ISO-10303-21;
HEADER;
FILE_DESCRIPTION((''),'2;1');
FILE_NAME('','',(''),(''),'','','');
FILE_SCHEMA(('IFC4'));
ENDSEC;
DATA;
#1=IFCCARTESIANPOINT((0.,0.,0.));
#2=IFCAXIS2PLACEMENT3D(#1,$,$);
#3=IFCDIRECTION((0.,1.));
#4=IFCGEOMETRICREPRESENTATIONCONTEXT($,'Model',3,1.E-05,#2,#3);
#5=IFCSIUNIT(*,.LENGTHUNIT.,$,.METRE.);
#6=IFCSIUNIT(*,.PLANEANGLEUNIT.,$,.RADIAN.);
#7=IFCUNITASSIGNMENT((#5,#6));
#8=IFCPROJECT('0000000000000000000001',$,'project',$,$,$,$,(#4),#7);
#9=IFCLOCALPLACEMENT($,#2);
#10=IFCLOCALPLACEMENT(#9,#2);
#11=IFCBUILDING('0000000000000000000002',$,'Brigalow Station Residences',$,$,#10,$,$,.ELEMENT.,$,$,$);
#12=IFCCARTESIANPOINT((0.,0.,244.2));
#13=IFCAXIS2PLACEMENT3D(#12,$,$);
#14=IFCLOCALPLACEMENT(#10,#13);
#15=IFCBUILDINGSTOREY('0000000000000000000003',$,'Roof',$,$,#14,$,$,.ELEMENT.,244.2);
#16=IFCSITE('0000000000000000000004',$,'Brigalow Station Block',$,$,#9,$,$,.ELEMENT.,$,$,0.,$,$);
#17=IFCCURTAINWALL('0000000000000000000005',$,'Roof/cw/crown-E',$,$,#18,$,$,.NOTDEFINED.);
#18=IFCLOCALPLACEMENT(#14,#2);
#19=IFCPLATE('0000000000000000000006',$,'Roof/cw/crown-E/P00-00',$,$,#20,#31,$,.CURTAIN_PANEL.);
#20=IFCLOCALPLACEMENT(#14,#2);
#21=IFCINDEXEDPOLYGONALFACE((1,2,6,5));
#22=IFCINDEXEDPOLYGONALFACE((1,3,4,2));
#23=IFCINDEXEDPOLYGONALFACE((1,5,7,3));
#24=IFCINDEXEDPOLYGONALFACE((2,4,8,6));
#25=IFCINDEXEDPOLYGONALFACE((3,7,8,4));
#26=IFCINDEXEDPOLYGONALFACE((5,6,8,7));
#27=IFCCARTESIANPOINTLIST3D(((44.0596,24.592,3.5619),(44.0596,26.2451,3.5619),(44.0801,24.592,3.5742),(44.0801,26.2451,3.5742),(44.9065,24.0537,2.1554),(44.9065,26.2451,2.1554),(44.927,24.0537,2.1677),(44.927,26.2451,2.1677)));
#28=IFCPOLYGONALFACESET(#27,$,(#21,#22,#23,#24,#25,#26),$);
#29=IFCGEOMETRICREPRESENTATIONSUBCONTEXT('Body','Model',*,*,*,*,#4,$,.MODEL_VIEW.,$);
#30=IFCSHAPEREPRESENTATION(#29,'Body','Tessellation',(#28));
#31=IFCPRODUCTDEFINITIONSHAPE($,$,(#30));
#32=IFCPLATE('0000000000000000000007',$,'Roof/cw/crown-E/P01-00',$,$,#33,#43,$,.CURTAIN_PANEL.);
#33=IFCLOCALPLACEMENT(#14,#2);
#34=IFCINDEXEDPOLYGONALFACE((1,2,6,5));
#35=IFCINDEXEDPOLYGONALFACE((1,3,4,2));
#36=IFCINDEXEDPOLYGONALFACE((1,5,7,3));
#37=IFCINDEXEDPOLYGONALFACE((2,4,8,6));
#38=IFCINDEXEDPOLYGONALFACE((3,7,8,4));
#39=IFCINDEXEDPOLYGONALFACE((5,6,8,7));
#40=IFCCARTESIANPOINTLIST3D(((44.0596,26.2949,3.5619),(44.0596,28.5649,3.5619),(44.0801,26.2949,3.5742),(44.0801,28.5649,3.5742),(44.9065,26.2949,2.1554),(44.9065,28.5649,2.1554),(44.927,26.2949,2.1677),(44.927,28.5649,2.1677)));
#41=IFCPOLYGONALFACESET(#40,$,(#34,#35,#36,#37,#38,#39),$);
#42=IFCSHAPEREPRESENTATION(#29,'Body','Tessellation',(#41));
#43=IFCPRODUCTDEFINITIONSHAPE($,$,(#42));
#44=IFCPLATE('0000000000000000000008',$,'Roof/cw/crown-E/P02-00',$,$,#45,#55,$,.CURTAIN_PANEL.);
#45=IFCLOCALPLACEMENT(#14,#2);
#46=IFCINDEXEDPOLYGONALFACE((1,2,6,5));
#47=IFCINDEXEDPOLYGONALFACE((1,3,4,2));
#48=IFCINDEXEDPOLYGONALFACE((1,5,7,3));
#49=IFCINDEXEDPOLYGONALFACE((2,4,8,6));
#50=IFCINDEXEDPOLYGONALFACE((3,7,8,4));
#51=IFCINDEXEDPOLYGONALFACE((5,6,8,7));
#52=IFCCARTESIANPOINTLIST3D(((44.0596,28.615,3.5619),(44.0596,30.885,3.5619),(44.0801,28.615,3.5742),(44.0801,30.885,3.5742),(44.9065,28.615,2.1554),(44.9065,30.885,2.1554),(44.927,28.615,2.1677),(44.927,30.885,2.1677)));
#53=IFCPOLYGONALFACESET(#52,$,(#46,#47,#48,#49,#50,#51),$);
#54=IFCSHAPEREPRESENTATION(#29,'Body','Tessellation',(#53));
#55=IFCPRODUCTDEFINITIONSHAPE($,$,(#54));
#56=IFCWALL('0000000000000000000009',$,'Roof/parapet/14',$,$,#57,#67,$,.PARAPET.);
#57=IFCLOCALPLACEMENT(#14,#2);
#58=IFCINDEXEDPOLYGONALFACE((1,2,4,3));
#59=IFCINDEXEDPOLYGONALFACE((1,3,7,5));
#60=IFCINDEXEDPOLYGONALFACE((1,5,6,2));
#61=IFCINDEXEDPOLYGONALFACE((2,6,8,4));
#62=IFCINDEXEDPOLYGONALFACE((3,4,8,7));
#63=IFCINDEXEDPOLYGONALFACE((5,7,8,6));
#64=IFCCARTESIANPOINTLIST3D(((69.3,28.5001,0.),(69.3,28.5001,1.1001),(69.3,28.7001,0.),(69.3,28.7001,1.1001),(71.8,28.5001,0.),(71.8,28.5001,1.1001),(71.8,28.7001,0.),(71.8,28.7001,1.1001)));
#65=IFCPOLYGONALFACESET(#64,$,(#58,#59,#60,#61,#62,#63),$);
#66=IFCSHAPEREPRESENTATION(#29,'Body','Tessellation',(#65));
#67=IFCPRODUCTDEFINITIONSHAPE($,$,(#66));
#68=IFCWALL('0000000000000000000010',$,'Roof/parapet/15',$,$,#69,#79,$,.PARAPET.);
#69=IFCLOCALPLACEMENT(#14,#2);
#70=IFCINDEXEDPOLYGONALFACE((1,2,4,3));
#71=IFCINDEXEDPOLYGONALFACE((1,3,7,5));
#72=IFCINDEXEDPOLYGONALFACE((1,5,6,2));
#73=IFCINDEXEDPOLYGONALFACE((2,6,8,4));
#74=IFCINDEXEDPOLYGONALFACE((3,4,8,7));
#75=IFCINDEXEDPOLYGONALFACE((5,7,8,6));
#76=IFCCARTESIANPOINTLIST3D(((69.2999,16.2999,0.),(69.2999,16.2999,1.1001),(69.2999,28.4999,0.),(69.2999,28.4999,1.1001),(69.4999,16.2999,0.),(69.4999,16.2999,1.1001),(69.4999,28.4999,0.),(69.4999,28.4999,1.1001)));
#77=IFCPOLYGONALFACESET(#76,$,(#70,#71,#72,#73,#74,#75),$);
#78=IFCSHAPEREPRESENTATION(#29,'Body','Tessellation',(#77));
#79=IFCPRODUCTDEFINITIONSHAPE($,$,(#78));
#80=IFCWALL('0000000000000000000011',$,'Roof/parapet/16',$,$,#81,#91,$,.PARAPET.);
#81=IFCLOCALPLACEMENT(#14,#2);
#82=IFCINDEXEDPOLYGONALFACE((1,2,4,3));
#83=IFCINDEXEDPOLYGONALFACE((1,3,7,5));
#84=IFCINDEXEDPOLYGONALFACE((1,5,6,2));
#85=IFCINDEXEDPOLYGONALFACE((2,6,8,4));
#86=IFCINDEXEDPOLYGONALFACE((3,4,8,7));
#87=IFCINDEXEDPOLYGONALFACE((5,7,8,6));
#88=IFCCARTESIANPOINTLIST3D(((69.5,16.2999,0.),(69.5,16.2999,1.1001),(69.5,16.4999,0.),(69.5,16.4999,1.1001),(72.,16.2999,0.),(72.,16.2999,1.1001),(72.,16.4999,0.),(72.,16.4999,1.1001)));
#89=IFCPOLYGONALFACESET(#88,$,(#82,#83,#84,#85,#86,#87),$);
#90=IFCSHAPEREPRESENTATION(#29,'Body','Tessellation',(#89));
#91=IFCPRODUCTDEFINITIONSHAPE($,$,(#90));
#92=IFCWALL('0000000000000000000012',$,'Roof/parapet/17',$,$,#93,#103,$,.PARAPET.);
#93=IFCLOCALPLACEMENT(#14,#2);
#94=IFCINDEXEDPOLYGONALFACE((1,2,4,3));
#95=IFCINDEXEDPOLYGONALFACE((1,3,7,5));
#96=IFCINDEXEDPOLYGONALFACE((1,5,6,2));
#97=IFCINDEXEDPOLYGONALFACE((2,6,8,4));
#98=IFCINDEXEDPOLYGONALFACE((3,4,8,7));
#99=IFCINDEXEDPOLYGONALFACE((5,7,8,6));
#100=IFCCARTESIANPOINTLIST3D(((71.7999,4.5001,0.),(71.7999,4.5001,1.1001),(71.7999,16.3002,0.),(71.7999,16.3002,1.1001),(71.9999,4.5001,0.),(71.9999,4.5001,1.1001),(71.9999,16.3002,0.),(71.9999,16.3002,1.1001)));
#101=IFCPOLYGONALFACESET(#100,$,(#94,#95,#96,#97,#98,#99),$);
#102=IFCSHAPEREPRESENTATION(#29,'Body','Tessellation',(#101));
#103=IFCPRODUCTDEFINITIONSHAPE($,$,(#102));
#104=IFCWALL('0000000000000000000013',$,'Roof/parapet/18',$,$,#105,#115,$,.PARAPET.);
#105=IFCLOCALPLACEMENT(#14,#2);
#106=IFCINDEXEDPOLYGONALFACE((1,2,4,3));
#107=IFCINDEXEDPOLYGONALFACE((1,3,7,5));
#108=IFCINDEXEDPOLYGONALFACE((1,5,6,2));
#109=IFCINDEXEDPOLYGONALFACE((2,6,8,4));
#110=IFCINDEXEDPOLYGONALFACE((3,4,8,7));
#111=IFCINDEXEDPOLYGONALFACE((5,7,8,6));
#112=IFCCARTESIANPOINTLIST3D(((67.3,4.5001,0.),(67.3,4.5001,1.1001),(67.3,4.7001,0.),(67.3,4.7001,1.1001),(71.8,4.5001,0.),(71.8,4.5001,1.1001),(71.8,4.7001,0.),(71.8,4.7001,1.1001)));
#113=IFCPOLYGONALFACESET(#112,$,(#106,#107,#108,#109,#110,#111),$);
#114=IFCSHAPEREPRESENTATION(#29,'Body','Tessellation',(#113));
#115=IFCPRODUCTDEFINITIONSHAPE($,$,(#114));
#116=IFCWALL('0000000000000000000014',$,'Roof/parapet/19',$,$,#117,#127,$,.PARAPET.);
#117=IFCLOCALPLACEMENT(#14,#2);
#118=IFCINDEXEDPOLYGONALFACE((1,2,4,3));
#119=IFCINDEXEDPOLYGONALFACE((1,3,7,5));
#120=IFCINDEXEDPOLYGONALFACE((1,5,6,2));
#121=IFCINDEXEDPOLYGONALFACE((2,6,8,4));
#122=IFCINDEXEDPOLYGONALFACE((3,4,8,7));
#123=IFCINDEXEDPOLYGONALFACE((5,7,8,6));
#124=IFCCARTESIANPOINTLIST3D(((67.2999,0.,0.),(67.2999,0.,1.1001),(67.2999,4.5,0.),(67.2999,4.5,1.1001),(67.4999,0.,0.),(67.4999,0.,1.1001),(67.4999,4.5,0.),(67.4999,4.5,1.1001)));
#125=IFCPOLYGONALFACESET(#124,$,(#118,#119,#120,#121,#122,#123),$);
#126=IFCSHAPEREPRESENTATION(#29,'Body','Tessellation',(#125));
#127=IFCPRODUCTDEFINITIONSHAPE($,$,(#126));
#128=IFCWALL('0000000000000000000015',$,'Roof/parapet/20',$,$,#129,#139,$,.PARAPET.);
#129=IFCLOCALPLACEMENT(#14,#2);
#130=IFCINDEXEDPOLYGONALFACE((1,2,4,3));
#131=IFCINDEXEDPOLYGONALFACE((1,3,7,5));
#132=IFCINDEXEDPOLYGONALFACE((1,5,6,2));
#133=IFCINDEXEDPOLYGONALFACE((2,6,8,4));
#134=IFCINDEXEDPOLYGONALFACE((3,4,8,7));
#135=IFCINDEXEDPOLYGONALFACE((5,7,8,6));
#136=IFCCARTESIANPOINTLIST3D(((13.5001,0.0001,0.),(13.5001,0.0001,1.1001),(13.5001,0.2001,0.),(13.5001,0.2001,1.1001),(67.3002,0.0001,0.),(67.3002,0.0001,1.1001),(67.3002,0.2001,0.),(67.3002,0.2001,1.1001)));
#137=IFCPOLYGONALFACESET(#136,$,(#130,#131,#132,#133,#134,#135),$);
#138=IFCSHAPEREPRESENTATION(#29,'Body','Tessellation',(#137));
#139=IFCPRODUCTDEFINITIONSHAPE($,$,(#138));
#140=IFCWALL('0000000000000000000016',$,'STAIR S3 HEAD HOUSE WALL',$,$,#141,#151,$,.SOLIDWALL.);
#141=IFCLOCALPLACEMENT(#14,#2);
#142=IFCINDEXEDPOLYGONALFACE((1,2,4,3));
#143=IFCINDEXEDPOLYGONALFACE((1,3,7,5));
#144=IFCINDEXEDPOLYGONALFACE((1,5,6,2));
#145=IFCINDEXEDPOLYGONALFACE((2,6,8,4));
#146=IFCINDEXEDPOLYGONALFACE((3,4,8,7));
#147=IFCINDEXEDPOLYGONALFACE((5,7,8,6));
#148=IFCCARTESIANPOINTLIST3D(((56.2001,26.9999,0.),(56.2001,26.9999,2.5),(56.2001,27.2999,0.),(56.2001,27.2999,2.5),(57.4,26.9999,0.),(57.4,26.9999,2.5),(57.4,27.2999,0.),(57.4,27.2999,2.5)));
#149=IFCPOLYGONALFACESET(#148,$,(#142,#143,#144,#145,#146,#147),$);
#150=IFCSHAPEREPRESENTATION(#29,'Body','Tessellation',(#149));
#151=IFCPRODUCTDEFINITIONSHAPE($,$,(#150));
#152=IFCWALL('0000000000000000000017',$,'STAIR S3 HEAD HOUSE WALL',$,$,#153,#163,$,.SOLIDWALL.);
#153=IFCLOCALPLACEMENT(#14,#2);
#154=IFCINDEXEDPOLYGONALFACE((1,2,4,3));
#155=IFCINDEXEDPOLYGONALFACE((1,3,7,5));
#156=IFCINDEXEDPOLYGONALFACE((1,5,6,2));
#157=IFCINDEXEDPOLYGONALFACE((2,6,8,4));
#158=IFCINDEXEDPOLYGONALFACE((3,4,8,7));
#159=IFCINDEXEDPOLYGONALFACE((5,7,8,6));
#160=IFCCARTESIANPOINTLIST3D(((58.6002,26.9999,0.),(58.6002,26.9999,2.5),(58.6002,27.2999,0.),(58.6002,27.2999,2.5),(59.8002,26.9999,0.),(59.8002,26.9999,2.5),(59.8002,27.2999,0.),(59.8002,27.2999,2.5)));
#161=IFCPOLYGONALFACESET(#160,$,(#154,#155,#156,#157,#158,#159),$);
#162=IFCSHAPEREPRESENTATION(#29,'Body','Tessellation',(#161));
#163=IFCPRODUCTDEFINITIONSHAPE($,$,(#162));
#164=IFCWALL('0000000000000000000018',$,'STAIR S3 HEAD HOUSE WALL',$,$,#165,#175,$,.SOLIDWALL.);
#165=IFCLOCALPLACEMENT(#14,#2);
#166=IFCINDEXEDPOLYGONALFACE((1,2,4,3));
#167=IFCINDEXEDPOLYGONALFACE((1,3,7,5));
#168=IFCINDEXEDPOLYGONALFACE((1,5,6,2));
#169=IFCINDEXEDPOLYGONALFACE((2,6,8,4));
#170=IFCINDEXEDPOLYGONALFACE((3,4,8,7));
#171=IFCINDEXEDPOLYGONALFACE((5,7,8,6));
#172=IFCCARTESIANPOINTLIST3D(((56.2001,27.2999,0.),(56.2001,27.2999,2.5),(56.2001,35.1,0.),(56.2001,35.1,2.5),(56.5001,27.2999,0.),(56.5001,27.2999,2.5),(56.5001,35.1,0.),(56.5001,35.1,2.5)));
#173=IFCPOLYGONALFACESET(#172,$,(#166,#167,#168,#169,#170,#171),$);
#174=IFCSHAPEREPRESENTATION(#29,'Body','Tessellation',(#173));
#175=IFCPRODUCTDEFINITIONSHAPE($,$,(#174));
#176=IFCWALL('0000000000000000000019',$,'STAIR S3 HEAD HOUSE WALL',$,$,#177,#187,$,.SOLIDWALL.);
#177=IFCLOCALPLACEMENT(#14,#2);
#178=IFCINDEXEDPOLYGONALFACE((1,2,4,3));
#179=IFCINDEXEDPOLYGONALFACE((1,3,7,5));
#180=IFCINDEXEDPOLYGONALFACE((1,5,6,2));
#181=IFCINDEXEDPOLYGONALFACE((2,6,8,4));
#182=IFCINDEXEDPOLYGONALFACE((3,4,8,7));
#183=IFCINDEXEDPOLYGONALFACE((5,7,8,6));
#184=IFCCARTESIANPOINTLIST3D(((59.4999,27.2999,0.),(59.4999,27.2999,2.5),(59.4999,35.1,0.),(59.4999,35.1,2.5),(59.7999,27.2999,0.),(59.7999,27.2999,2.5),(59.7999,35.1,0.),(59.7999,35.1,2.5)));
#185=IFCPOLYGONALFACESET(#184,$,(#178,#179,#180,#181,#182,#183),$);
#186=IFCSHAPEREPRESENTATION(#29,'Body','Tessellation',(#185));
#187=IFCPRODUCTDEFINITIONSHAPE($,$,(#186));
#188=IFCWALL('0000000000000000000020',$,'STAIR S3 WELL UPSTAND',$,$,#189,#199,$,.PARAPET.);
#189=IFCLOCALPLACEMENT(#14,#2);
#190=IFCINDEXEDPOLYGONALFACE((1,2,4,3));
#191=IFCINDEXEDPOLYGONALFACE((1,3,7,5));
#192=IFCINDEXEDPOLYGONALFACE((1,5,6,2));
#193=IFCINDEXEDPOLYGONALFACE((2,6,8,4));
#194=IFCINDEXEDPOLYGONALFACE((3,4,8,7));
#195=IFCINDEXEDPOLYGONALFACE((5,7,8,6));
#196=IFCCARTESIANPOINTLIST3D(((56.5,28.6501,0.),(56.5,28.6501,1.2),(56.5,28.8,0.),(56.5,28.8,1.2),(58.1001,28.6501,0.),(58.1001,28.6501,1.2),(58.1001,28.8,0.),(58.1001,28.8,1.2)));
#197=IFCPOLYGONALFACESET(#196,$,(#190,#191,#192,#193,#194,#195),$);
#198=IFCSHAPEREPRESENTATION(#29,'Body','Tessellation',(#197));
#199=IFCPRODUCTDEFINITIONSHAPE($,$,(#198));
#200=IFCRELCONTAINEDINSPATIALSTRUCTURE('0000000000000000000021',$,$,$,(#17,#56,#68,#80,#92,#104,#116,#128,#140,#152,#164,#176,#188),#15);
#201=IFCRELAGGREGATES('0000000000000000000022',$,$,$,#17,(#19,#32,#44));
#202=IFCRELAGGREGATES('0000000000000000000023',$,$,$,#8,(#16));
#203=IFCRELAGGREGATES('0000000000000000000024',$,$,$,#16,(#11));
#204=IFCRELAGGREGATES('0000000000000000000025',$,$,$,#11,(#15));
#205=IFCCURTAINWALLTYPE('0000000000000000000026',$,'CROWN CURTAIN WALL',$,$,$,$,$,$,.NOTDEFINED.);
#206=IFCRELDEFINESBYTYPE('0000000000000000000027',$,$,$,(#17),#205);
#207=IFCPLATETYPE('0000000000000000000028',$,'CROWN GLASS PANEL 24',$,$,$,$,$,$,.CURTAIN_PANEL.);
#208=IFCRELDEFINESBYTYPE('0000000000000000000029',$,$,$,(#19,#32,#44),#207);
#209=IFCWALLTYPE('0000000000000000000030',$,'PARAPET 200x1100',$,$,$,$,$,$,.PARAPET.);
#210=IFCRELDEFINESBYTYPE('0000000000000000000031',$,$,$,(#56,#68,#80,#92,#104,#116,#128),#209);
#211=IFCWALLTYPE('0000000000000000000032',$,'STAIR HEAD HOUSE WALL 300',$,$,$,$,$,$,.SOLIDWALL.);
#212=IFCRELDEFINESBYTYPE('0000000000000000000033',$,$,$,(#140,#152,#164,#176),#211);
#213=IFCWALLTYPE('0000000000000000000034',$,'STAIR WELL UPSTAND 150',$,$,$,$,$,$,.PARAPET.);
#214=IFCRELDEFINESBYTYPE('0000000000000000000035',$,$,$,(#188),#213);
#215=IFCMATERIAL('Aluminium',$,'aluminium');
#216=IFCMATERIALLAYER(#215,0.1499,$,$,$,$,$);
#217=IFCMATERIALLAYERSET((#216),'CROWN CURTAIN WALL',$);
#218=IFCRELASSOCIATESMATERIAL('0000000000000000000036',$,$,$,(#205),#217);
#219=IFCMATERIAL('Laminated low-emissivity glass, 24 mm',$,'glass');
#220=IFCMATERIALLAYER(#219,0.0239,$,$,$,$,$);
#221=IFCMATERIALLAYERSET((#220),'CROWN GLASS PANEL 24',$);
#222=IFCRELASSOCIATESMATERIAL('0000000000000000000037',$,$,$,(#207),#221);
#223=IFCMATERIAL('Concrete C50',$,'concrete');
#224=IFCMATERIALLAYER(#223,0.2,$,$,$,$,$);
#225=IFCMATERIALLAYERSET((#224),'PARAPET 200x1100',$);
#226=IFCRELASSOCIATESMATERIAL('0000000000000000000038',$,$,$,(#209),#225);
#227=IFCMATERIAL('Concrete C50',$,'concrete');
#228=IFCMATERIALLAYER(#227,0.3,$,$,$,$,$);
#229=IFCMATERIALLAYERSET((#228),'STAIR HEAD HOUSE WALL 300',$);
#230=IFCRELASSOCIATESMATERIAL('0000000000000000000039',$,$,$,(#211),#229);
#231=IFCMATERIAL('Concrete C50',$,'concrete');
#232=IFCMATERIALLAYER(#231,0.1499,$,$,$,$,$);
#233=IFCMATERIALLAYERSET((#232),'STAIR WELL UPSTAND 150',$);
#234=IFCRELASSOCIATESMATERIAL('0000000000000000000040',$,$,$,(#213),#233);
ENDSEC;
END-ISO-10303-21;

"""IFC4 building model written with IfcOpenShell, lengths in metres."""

from ifc_helpers import new_model, si_unit, direction, frame, frame_2d, origin, place, context, subcontext, project, spatial, polyline, rectangle, outline, extrude, material, layer, layer_set, type_object, element, aggregate, save


model = new_model("IFC4")

# Units and contexts
model_context = context("Model", 3, precision=1e-05, world=origin(), true_north=direction((0.0, 1.0)))
body_context = subcontext(model_context, "Body", "Model", "MODEL_VIEW")
ifc_project = project(units=[si_unit("LENGTHUNIT", "METRE"), si_unit("PLANEANGLEUNIT", "RADIAN")], contexts=[model_context])

# Site, building, storey
site_placement = place(None, origin())
site = spatial("IfcSite", under=ifc_project, at=site_placement, Name="Brigalow Station Block", CompositionType="ELEMENT", RefElevation=0.0)
building_placement = place(site_placement, origin())
building = spatial("IfcBuilding", under=site, at=building_placement, Name="Brigalow Station Residences", CompositionType="ELEMENT")
storey_placement = place(building_placement, frame((0.0, 0.0, 244.2)))
storey = spatial("IfcBuildingStorey", under=building, at=storey_placement, Name="Roof", CompositionType="ELEMENT", Elevation=244.2)

# Curtain wall
ifc_material_1 = material(Name="Aluminium", Category="aluminium")
ifc_layer_1 = layer(ifc_material_1, 0.1499)
ifc_layer_set_1 = layer_set([ifc_layer_1], Name="CROWN CURTAIN WALL")
curtain_wall_type = type_object("IfcCurtainWallType", Name="CROWN CURTAIN WALL", PredefinedType="NOTDEFINED", material=ifc_layer_set_1)
curtain_wall_1_placement = place(storey_placement, origin())
curtain_wall_1 = element("IfcCurtainWall", 1, at=curtain_wall_1_placement, inside=storey, type_object=curtain_wall_type, Name="Roof/cw/crown-E", PredefinedType="NOTDEFINED")

# Plates
ifc_material_2 = material(Name="Laminated low-emissivity glass, 24 mm", Category="glass")
ifc_layer_2 = layer(ifc_material_2, 0.0239)
ifc_layer_set_2 = layer_set([ifc_layer_2], Name="CROWN GLASS PANEL 24")
plate_type = type_object("IfcPlateType", Name="CROWN GLASS PANEL 24", PredefinedType="CURTAIN_PANEL", material=ifc_layer_set_2)
plate_1_placement = place(storey_placement, frame((44.927, 24.0537, 2.1677), z_axis=(0.856678, 0.0, 0.515851), x_axis=(0.0, 1.0, 0.0)))
plate_1 = element("IfcPlate", 2, at=plate_1_placement, type_object=plate_type, Name="Roof/cw/crown-E/P00-00", PredefinedType="CURTAIN_PANEL", context=body_context, shape_type="SweptSolid", body=[
    extrude(outline(polyline([(0.0, 0.0), (2.1914, 0.0), (2.1914, 1.6418), (0.5383, 1.6418), (0.0, 0.0)])), origin(), (0.0, 0.0, -1.0), 0.0239),
])
plate_2_placement = place(storey_placement, frame((44.927, 26.2949, 2.1677), z_axis=(0.856678, 0.0, 0.515851), x_axis=(0.0, 1.0, 0.0)))
plate_2 = element("IfcPlate", 3, at=plate_2_placement, type_object=plate_type, Name="Roof/cw/crown-E/P01-00", PredefinedType="CURTAIN_PANEL", context=body_context, shape_type="SweptSolid", body=[
    extrude(outline(polyline([(0.0, 0.0), (2.27, 0.0), (2.27, 1.6418), (0.0, 1.6418), (0.0, 0.0)])), origin(), (0.0, 0.0, -1.0), 0.0239),
])
plate_3_placement = place(storey_placement, frame((44.927, 28.615, 2.1677), z_axis=(0.856678, 0.0, 0.515851), x_axis=(0.0, 1.0, 0.0)))
plate_3 = element("IfcPlate", 4, at=plate_3_placement, type_object=plate_type, Name="Roof/cw/crown-E/P02-00", PredefinedType="CURTAIN_PANEL", context=body_context, shape_type="SweptSolid", body=[
    extrude(outline(polyline([(0.0, 0.0), (2.27, 0.0), (2.27, 1.6418), (0.0, 1.6418), (0.0, 0.0)])), origin(), (0.0, 0.0, -1.0), 0.0239),
])
aggregate(curtain_wall_1, [plate_1, plate_2, plate_3])

# Walls
ifc_material_3 = material(Name="Concrete C50", Category="concrete")
ifc_layer_3 = layer(ifc_material_3, 0.2)
ifc_layer_set_3 = layer_set([ifc_layer_3], Name="PARAPET 200x1100")
wall_type_1 = type_object("IfcWallType", Name="PARAPET 200x1100", PredefinedType="PARAPET", material=ifc_layer_set_3)
wall_1_placement = place(storey_placement, frame((71.8, 28.6001, 0.0), z_axis=(0.0, 0.0, 1.0), x_axis=(-1.0, 0.0, 0.0)))
element("IfcWall", 5, at=wall_1_placement, inside=storey, type_object=wall_type_1, Name="Roof/parapet/14", PredefinedType="PARAPET", context=body_context, shape_type="SweptSolid", body=[
    extrude(rectangle(XDim=2.5, YDim=0.2, at=frame_2d((1.25, 0.0))), origin(), (0.0, 0.0, 1.0), 1.1001),
])
wall_2_placement = place(storey_placement, frame((69.3999, 28.5, 0.0), z_axis=(0.0, 0.0, 1.0), x_axis=(0.0, -1.0, 0.0)))
element("IfcWall", 6, at=wall_2_placement, inside=storey, type_object=wall_type_1, Name="Roof/parapet/15", PredefinedType="PARAPET", context=body_context, shape_type="SweptSolid", body=[
    extrude(rectangle(XDim=12.2, YDim=0.2, at=frame_2d((6.1001, 0.0))), origin(), (0.0, 0.0, 1.0), 1.1001),
])
wall_3_placement = place(storey_placement, frame((69.5, 16.3999, 0.0), z_axis=(0.0, 0.0, 1.0), x_axis=(1.0, 0.0, 0.0)))
element("IfcWall", 7, at=wall_3_placement, inside=storey, type_object=wall_type_1, Name="Roof/parapet/16", PredefinedType="PARAPET", context=body_context, shape_type="SweptSolid", body=[
    extrude(rectangle(XDim=2.5, YDim=0.2, at=frame_2d((1.25, 0.0))), origin(), (0.0, 0.0, 1.0), 1.1001),
])
wall_4_placement = place(storey_placement, frame((71.8999, 16.3, 0.0), z_axis=(0.0, 0.0, 1.0), x_axis=(0.0, -1.0, 0.0)))
element("IfcWall", 8, at=wall_4_placement, inside=storey, type_object=wall_type_1, Name="Roof/parapet/17", PredefinedType="PARAPET", context=body_context, shape_type="SweptSolid", body=[
    extrude(rectangle(XDim=11.8, YDim=0.2, at=frame_2d((5.8999, 0.0))), origin(), (0.0, 0.0, 1.0), 1.1001),
])
for number, where, z_axis, x_axis, name in (
    (9, (71.8, 4.6001, 0.0), (0.0, 0.0, 1.0), (-1.0, 0.0, 0.0), "Roof/parapet/18"),
    (10, (67.3999, 4.5, 0.0), (0.0, 0.0, 1.0), (0.0, -1.0, 0.0), "Roof/parapet/19"),
):
    element("IfcWall", number, at=place(storey_placement, frame(where, z_axis=z_axis, x_axis=x_axis)), inside=storey, type_object=wall_type_1, Name=name, PredefinedType="PARAPET", context=body_context, shape_type="SweptSolid", body=[
        extrude(rectangle(XDim=4.5, YDim=0.2, at=frame_2d((2.25, 0.0))), origin(), (0.0, 0.0, 1.0), 1.1001),
    ])
wall_5_placement = place(storey_placement, frame((67.3, 0.1001, 0.0), z_axis=(0.0, 0.0, 1.0), x_axis=(-1.0, 0.0, 0.0)))
element("IfcWall", 11, at=wall_5_placement, inside=storey, type_object=wall_type_1, Name="Roof/parapet/20", PredefinedType="PARAPET", context=body_context, shape_type="SweptSolid", body=[
    extrude(rectangle(XDim=53.8, YDim=0.2, at=frame_2d((26.8999, 0.0))), origin(), (0.0, 0.0, 1.0), 1.1001),
])
ifc_material_4 = material(Name="Concrete C50", Category="concrete")
ifc_layer_4 = layer(ifc_material_4, 0.3)
ifc_layer_set_4 = layer_set([ifc_layer_4], Name="STAIR HEAD HOUSE WALL 300")
wall_type_2 = type_object("IfcWallType", Name="STAIR HEAD HOUSE WALL 300", PredefinedType="SOLIDWALL", material=ifc_layer_set_4)
for number, where, z_axis, x_axis, name in (
    (12, (56.2, 27.1499, 0.0), (0.0, 0.0, 1.0), (1.0, 0.0, 0.0), "STAIR S3 HEAD HOUSE WALL"),
    (13, (58.6001, 27.1499, 0.0), (0.0, 0.0, 1.0), (1.0, 0.0, 0.0), "STAIR S3 HEAD HOUSE WALL"),
):
    element("IfcWall", number, at=place(storey_placement, frame(where, z_axis=z_axis, x_axis=x_axis)), inside=storey, type_object=wall_type_2, Name=name, PredefinedType="SOLIDWALL", context=body_context, shape_type="SweptSolid", body=[
        extrude(rectangle(XDim=1.2, YDim=0.3, at=frame_2d((0.6001, 0.0))), origin(), (0.0, 0.0, 1.0), 2.5),
    ])
for number, where, z_axis, x_axis, name in (
    (14, (56.3501, 27.3, 0.0), (0.0, 0.0, 1.0), (0.0, 1.0, 0.0), "STAIR S3 HEAD HOUSE WALL"),
    (15, (59.6499, 27.3, 0.0), (0.0, 0.0, 1.0), (0.0, 1.0, 0.0), "STAIR S3 HEAD HOUSE WALL"),
):
    element("IfcWall", number, at=place(storey_placement, frame(where, z_axis=z_axis, x_axis=x_axis)), inside=storey, type_object=wall_type_2, Name=name, PredefinedType="SOLIDWALL", context=body_context, shape_type="SweptSolid", body=[
        extrude(rectangle(XDim=7.8, YDim=0.3, at=frame_2d((3.8999, 0.0))), origin(), (0.0, 0.0, 1.0), 2.5),
    ])
ifc_material_5 = material(Name="Concrete C50", Category="concrete")
ifc_layer_5 = layer(ifc_material_5, 0.1499)
ifc_layer_set_5 = layer_set([ifc_layer_5], Name="STAIR WELL UPSTAND 150")
wall_type_3 = type_object("IfcWallType", Name="STAIR WELL UPSTAND 150", PredefinedType="PARAPET", material=ifc_layer_set_5)
wall_6_placement = place(storey_placement, frame((56.5, 28.7251, 0.0), z_axis=(0.0, 0.0, 1.0), x_axis=(1.0, 0.0, 0.0)))
element("IfcWall", 16, at=wall_6_placement, inside=storey, type_object=wall_type_3, Name="STAIR S3 WELL UPSTAND", PredefinedType="PARAPET", context=body_context, shape_type="SweptSolid", body=[
    extrude(rectangle(XDim=1.6001, YDim=0.1499, at=frame_2d((0.8, 0.0))), origin(), (0.0, 0.0, 1.0), 1.2),
])

save(model, "model.ifc")
